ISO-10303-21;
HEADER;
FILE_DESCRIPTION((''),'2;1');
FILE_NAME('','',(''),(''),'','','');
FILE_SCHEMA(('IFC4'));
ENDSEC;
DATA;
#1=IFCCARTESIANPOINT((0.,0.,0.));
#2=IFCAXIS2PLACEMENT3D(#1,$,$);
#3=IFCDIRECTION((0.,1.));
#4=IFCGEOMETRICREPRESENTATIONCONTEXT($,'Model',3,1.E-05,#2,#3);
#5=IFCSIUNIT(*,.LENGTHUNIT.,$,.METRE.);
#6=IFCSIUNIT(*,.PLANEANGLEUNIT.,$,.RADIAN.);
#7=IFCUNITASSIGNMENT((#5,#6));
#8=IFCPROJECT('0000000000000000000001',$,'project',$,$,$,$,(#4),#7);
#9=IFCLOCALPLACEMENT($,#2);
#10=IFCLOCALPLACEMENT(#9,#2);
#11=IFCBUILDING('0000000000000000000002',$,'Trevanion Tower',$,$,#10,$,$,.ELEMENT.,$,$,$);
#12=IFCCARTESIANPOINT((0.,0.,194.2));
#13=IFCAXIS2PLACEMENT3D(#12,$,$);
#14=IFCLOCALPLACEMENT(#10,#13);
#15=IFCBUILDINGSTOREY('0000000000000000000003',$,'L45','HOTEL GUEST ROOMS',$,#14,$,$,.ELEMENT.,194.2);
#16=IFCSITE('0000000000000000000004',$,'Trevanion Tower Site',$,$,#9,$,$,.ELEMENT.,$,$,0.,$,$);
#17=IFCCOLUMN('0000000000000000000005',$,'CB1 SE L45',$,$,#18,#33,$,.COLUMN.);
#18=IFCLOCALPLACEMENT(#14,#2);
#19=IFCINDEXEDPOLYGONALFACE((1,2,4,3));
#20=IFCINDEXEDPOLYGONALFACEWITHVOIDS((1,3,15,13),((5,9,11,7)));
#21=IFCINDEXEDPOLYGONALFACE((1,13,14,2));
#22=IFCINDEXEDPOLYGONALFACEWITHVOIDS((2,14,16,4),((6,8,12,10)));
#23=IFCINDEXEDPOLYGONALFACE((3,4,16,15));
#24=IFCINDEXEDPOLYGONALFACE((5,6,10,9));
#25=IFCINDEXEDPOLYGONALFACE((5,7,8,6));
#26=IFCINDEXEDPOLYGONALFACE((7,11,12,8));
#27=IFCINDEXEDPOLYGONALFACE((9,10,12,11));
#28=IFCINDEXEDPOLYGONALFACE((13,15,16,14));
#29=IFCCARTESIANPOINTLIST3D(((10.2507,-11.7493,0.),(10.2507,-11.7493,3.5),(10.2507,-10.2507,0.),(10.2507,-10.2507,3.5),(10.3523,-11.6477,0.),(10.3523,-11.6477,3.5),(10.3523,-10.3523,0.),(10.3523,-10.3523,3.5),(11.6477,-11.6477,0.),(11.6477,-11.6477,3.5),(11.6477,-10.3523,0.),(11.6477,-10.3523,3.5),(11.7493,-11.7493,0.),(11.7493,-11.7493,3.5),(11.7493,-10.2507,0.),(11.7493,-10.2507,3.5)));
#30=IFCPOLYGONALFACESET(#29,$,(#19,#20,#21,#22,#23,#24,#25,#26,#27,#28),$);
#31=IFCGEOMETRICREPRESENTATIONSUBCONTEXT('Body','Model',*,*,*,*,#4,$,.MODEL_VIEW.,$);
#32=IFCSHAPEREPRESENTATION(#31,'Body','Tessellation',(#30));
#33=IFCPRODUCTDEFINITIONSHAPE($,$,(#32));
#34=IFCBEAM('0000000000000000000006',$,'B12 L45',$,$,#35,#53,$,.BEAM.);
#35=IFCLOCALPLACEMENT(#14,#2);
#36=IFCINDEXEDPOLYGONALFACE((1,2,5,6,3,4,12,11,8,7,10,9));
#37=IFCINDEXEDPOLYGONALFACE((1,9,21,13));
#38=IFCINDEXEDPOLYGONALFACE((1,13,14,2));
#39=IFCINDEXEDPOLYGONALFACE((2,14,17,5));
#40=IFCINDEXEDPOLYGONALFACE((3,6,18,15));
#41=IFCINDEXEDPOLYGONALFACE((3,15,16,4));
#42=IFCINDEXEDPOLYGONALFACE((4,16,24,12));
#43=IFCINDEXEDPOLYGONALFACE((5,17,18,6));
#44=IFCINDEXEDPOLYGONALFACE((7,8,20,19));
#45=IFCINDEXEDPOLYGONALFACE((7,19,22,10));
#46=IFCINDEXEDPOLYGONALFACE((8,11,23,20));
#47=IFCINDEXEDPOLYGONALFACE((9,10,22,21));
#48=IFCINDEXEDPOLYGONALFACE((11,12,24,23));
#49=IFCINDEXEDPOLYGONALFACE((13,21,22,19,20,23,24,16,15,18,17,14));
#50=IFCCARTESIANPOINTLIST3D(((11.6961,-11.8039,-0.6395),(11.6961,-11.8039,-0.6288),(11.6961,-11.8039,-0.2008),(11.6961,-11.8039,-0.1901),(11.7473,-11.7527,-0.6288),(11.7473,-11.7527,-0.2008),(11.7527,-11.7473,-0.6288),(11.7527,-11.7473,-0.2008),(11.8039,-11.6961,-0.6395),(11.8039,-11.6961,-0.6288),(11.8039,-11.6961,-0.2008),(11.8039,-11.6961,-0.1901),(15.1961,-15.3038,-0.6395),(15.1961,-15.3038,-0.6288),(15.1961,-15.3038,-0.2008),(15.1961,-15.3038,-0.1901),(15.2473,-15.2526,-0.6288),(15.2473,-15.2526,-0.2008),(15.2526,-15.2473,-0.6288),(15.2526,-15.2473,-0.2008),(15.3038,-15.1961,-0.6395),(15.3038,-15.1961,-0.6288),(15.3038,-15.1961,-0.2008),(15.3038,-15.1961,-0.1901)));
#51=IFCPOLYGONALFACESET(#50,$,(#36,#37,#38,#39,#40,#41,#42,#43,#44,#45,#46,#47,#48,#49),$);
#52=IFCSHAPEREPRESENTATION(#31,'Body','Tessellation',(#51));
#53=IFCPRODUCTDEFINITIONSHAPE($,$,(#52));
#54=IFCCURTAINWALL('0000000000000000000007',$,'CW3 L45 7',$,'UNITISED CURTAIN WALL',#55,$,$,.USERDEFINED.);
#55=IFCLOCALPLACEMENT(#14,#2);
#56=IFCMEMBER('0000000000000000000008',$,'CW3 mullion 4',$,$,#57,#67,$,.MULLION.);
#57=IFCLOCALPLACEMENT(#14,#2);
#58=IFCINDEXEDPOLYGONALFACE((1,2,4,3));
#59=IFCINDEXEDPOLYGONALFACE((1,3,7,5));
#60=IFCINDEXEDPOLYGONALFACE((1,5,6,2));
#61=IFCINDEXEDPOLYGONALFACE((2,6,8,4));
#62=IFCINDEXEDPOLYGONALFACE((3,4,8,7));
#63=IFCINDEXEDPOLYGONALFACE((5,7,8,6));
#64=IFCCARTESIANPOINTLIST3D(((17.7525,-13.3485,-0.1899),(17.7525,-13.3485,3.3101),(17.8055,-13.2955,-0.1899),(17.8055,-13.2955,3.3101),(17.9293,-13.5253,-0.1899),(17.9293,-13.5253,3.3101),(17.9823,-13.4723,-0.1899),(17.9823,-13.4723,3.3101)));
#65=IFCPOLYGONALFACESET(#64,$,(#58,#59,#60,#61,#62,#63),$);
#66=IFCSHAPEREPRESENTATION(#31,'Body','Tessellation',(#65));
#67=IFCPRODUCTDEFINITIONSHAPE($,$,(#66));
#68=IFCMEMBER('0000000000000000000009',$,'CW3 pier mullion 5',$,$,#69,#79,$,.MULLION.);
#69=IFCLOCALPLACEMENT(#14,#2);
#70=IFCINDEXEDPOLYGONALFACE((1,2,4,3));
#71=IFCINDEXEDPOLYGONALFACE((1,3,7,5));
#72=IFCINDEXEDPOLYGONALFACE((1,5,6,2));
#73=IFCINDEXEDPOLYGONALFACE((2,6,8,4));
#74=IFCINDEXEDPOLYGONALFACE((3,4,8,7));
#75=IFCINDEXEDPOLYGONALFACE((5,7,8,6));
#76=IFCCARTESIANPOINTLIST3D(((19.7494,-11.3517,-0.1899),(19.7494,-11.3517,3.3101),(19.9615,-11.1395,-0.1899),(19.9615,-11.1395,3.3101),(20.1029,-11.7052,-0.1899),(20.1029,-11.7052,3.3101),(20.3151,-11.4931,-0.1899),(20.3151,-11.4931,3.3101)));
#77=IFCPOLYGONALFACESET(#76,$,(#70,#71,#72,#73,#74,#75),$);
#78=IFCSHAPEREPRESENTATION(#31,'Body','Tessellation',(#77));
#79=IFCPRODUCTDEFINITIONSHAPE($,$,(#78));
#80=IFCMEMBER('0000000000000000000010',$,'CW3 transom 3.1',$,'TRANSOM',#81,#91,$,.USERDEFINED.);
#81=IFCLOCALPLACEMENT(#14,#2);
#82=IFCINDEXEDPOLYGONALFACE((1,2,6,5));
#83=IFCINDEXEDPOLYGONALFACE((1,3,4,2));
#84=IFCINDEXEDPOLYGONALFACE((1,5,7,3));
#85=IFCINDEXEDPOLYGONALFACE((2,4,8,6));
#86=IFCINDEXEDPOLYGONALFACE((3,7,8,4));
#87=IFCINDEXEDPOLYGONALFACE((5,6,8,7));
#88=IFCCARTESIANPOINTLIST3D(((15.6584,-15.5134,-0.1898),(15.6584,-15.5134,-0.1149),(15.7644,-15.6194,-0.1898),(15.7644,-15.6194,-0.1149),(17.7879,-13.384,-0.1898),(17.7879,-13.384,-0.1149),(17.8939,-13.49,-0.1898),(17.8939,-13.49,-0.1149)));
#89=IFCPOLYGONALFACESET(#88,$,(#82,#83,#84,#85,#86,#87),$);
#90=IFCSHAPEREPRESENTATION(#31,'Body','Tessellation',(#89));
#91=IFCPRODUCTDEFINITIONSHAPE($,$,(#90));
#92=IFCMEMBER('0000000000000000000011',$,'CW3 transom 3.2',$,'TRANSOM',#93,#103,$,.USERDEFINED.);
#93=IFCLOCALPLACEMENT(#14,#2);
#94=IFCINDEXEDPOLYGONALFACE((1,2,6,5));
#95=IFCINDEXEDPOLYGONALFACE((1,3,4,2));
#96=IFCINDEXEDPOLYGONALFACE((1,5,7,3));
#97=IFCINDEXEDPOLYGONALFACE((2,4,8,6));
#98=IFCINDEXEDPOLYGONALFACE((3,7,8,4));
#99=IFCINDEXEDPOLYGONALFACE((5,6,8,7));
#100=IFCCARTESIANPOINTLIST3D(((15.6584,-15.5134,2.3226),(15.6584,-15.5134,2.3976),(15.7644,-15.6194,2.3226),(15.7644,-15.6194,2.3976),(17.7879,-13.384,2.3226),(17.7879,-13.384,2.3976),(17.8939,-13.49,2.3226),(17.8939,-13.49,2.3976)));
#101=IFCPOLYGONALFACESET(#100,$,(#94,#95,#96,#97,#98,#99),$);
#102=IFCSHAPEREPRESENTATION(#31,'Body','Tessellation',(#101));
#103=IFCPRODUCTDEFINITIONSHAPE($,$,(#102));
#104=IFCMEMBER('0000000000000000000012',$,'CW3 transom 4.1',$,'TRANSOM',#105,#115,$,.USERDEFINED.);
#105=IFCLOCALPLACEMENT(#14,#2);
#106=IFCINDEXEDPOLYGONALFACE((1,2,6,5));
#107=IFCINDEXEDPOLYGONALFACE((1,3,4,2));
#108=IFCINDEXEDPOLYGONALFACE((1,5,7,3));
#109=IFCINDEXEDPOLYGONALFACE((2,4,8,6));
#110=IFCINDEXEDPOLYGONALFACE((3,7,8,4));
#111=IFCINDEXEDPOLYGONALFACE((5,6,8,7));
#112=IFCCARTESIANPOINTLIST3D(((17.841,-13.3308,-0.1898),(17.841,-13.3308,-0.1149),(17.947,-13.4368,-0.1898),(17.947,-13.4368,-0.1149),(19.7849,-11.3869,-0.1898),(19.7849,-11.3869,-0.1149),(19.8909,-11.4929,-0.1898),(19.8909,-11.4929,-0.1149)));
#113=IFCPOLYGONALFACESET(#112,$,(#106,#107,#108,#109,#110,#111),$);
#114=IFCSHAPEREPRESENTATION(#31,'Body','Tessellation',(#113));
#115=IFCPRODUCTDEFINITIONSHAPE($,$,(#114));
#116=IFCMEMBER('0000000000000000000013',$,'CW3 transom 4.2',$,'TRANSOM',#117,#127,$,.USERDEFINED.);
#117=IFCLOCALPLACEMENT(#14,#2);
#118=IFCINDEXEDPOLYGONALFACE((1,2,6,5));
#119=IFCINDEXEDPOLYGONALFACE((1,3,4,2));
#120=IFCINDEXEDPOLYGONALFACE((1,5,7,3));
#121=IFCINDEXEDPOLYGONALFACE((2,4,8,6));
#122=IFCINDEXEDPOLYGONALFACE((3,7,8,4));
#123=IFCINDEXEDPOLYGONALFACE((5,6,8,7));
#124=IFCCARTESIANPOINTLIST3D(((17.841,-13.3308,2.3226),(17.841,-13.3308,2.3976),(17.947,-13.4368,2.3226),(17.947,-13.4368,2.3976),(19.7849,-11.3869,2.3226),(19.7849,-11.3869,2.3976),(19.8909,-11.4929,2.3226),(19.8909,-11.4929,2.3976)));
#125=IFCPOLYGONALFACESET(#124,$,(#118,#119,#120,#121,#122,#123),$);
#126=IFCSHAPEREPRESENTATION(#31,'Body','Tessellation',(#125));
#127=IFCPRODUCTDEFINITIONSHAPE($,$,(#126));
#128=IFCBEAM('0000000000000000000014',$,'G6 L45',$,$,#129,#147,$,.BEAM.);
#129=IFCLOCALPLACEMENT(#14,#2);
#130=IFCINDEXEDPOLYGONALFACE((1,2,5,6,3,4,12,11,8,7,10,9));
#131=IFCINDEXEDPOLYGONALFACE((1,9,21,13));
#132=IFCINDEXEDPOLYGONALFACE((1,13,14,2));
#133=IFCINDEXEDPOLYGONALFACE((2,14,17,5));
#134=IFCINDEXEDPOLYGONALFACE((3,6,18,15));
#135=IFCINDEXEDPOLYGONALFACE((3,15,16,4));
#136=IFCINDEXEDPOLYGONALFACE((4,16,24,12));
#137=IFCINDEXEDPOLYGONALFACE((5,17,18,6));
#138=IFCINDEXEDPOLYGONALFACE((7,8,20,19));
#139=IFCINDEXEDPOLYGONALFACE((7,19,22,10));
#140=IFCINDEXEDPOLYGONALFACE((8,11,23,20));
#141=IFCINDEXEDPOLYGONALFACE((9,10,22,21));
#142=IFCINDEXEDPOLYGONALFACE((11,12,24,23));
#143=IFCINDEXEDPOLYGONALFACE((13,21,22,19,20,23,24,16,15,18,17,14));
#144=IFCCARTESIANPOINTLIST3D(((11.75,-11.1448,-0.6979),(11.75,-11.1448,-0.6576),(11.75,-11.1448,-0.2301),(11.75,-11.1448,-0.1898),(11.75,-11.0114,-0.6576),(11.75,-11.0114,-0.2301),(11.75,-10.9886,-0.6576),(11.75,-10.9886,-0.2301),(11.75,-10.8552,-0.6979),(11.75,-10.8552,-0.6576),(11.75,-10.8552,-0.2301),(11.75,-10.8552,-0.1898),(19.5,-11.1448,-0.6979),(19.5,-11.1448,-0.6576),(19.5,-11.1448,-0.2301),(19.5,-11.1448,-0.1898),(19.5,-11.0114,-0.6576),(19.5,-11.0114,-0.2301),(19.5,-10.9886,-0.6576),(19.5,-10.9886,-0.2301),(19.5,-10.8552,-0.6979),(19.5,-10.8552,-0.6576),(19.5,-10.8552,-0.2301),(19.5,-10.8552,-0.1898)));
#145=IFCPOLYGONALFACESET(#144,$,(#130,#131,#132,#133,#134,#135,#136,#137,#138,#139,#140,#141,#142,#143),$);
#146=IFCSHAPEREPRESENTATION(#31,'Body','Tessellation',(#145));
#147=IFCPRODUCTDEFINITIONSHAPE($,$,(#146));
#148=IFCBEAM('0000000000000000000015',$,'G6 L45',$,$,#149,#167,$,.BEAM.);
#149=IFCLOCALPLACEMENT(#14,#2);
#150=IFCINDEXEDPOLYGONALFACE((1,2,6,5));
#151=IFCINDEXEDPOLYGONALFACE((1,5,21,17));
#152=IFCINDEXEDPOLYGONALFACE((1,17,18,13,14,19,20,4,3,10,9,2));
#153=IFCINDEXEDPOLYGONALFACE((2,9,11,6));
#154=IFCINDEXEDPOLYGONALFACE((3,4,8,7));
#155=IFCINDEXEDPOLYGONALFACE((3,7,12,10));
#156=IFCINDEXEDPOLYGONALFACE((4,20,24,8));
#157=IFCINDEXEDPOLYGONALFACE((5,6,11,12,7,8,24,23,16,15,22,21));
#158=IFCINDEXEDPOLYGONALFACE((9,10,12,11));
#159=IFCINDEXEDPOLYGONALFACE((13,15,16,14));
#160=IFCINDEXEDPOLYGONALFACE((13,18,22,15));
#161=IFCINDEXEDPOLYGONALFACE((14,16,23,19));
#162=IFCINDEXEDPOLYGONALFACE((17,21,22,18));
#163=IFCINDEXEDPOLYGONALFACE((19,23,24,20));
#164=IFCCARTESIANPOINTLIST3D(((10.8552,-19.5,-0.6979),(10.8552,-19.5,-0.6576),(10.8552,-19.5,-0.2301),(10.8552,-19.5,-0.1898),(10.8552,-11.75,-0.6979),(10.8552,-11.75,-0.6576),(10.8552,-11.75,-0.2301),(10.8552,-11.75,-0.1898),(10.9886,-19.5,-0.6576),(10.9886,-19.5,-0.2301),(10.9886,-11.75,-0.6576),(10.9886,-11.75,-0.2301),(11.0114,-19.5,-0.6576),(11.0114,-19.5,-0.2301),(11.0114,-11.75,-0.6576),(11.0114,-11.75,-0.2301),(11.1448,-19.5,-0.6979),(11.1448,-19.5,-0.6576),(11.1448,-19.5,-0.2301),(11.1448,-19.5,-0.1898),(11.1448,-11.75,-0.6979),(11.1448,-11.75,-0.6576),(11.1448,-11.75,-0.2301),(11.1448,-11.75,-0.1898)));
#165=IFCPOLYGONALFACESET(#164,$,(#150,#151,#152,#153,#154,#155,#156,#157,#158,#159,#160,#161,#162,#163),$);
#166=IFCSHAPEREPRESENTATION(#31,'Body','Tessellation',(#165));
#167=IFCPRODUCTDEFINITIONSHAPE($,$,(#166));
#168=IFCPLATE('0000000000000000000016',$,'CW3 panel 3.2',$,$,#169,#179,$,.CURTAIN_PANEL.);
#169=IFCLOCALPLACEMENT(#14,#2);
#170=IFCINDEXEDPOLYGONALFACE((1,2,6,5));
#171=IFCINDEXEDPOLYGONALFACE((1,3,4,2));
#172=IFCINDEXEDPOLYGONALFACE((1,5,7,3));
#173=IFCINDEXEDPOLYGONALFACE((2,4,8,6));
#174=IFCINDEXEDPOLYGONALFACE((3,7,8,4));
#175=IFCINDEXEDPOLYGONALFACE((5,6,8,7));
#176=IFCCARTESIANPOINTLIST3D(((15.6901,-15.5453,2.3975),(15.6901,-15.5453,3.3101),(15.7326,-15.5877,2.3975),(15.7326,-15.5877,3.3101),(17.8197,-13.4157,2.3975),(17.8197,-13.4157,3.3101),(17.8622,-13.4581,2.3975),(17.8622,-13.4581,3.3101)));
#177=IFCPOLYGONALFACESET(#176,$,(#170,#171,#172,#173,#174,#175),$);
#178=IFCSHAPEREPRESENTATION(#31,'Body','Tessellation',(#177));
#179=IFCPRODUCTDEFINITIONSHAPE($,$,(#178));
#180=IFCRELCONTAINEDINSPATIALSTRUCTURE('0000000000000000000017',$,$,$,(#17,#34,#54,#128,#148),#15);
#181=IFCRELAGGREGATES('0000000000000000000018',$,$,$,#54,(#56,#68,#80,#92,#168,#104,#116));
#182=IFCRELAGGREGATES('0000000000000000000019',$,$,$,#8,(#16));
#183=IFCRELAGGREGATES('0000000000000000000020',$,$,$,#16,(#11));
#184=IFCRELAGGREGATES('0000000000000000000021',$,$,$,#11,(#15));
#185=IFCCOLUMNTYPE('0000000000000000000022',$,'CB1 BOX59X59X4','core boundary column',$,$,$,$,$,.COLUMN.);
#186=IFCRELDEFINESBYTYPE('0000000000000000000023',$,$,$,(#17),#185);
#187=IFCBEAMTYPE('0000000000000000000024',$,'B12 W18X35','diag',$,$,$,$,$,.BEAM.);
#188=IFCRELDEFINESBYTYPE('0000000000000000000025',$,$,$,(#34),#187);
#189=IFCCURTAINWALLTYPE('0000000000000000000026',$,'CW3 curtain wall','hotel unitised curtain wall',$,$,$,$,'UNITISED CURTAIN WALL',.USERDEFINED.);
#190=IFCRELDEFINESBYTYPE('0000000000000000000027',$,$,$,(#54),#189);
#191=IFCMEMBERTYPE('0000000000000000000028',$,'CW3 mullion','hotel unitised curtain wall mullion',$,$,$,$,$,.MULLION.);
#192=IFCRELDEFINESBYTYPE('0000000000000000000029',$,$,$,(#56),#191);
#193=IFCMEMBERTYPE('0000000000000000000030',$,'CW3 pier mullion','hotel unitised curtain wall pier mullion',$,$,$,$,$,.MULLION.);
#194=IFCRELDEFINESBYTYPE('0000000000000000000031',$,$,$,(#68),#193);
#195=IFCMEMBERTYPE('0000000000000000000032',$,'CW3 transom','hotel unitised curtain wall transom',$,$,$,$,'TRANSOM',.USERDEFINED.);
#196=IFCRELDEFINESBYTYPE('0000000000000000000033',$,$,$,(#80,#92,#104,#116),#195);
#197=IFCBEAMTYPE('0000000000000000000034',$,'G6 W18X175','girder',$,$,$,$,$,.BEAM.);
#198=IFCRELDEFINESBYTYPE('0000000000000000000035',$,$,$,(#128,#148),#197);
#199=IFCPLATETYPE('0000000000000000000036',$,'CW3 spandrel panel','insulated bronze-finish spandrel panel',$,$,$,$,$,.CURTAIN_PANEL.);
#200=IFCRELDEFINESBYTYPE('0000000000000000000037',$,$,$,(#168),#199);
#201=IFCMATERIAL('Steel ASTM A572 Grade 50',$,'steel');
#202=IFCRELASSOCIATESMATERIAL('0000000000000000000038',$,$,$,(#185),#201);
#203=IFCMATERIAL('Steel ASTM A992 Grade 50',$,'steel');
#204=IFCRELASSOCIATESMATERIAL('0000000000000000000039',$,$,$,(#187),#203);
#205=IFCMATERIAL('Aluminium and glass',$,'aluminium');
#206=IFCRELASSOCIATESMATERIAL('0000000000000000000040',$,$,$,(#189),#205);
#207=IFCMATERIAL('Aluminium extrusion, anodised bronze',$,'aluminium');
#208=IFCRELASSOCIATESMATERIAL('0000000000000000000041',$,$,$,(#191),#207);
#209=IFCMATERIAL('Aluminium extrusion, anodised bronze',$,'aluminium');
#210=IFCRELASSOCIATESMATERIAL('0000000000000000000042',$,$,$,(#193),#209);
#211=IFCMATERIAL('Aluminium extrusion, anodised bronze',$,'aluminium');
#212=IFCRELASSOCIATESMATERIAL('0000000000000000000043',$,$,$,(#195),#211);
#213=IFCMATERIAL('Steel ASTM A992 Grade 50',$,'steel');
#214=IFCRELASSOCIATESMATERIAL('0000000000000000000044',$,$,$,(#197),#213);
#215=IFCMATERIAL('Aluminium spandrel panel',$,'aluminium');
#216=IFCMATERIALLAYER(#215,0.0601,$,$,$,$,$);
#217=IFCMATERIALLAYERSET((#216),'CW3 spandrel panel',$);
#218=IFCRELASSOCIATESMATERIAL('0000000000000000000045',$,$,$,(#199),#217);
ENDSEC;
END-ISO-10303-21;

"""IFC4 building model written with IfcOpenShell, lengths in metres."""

from ifc_helpers import new_model, si_unit, direction, frame, origin, origin_2d, place, context, subcontext, project, spatial, rectangle, hollow_rectangle, i_section, extrude, material, layer, layer_set, material_profile, profile_set, type_object, element, aggregate, save


model = new_model("IFC4")

# Units and contexts
model_context = context("Model", 3, precision=1e-05, world=origin(), true_north=direction((0.0, 1.0)))
body_context = subcontext(model_context, "Body", "Model", "MODEL_VIEW")
ifc_project = project(units=[si_unit("LENGTHUNIT", "METRE"), si_unit("PLANEANGLEUNIT", "RADIAN")], contexts=[model_context])

# Site, building, storey
site_placement = place(None, origin())
site = spatial("IfcSite", under=ifc_project, at=site_placement, Name="Trevanion Tower Site", CompositionType="ELEMENT", RefElevation=0.0)
building_placement = place(site_placement, origin())
building = spatial("IfcBuilding", under=site, at=building_placement, Name="Trevanion Tower", CompositionType="ELEMENT")
storey_placement = place(building_placement, frame((0.0, 0.0, 194.2)))
storey = spatial("IfcBuildingStorey", under=building, at=storey_placement, Name="L45", Description="HOTEL GUEST ROOMS", CompositionType="ELEMENT", Elevation=194.2)

# Column
ifc_material_1 = material(Name="Steel ASTM A572 Grade 50", Category="steel")
ifc_material_profile_1 = material_profile(ifc_material_1, hollow_rectangle(XDim=1.4985, YDim=1.4985, WallThickness=0.1016, at=origin_2d()), Name="BOX59X59X4")
ifc_profile_set_1 = profile_set([ifc_material_profile_1], Name="Steel ASTM A572 Grade 50")
column_type = type_object("IfcColumnType", Name="CB1 BOX59X59X4", Description="core boundary column", PredefinedType="COLUMN", material=ifc_profile_set_1)
column_placement = place(storey_placement, frame((11.0, -11.0, 0.0), z_axis=(0.0, 0.0, 1.0), x_axis=(1.0, 0.0, 0.0)))
element("IfcColumn", 1, at=column_placement, inside=storey, type_object=column_type, Name="CB1 SE L45", PredefinedType="COLUMN", context=body_context, shape_type="SweptSolid", body=[
    extrude(hollow_rectangle(XDim=1.4985, YDim=1.4985, WallThickness=0.1016, at=origin_2d()), origin(), (0.0, 0.0, 1.0), 3.5),
])

# Beam
ifc_material_2 = material(Name="Steel ASTM A992 Grade 50", Category="steel")
ifc_material_profile_2 = material_profile(ifc_material_2, i_section(OverallWidth=0.1523, OverallDepth=0.4495, WebThickness=0.0076, FlangeThickness=0.0107, at=origin_2d()), Name="W18X35")
ifc_profile_set_2 = profile_set([ifc_material_profile_2], Name="Steel ASTM A992 Grade 50")
beam_type_1 = type_object("IfcBeamType", Name="B12 W18X35", Description="diag", PredefinedType="BEAM", material=ifc_profile_set_2)
beam_placement = place(storey_placement, frame((11.75, -11.75, -0.4148), z_axis=(0.707107, -0.707107, 0.0), x_axis=(0.707107, 0.707107, 0.0)))
element("IfcBeam", 2, at=beam_placement, inside=storey, type_object=beam_type_1, Name="B12 L45", PredefinedType="BEAM", context=body_context, shape_type="SweptSolid", body=[
    extrude(i_section(OverallWidth=0.1523, OverallDepth=0.4495, WebThickness=0.0076, FlangeThickness=0.0107, at=origin_2d()), origin(), (0.0, 0.0, 1.0), 4.9497),
])

# Curtain wall, members
ifc_material_3 = material(Name="Aluminium and glass", Category="aluminium")
curtain_wall_type = type_object("IfcCurtainWallType", Name="CW3 curtain wall", Description="hotel unitised curtain wall", ElementType="UNITISED CURTAIN WALL", PredefinedType="USERDEFINED", material=ifc_material_3)
curtain_wall_placement = place(storey_placement, origin())
curtain_wall = element("IfcCurtainWall", 3, at=curtain_wall_placement, inside=storey, type_object=curtain_wall_type, Name="CW3 L45 7", ObjectType="UNITISED CURTAIN WALL", PredefinedType="USERDEFINED")
ifc_material_4 = material(Name="Aluminium extrusion, anodised bronze", Category="aluminium")
ifc_material_profile_3 = material_profile(ifc_material_4, rectangle(XDim=0.075, YDim=0.25, at=origin_2d()), Name="CW3 mullion")
ifc_profile_set_3 = profile_set([ifc_material_profile_3], Name="Aluminium extrusion, anodised bronze")
member_type_1 = type_object("IfcMemberType", Name="CW3 mullion", Description="hotel unitised curtain wall mullion", PredefinedType="MULLION", material=ifc_profile_set_3)
member_1_placement = place(storey_placement, frame((17.8674, -13.4104, -0.1899), z_axis=(0.0, 0.0, 1.0), x_axis=(0.707107, 0.707107, 0.0)))
member_1 = element("IfcMember", 4, at=member_1_placement, type_object=member_type_1, Name="CW3 mullion 4", PredefinedType="MULLION", context=body_context, shape_type="SweptSolid", body=[
    extrude(rectangle(XDim=0.075, YDim=0.25, at=origin_2d()), origin(), (0.0, 0.0, 1.0), 3.5),
])
ifc_material_5 = material(Name="Aluminium extrusion, anodised bronze", Category="aluminium")
ifc_material_profile_4 = material_profile(ifc_material_5, rectangle(XDim=0.3, YDim=0.5, at=origin_2d()), Name="CW3 pier mullion")
ifc_profile_set_4 = profile_set([ifc_material_profile_4], Name="Aluminium extrusion, anodised bronze")
member_type_2 = type_object("IfcMemberType", Name="CW3 pier mullion", Description="hotel unitised curtain wall pier mullion", PredefinedType="MULLION", material=ifc_profile_set_4)
member_2_placement = place(storey_placement, frame((20.0322, -11.4224, -0.1899), z_axis=(0.0, 0.0, 1.0), x_axis=(0.707107, 0.707107, 0.0)))
member_2 = element("IfcMember", 5, at=member_2_placement, type_object=member_type_2, Name="CW3 pier mullion 5", PredefinedType="MULLION", context=body_context, shape_type="SweptSolid", body=[
    extrude(rectangle(XDim=0.3, YDim=0.5, at=origin_2d()), origin(), (0.0, 0.0, 1.0), 3.5),
])
ifc_material_6 = material(Name="Aluminium extrusion, anodised bronze", Category="aluminium")
ifc_material_profile_5 = material_profile(ifc_material_6, rectangle(XDim=0.1499, YDim=0.075, at=origin_2d()), Name="CW3 transom")
ifc_profile_set_5 = profile_set([ifc_material_profile_5], Name="Aluminium extrusion, anodised bronze")
member_type_3 = type_object("IfcMemberType", Name="CW3 transom", Description="hotel unitised curtain wall transom", ElementType="TRANSOM", PredefinedType="USERDEFINED", material=ifc_profile_set_5)
member_3_placement = place(storey_placement, frame((15.7114, -15.5664, -0.1523), z_axis=(0.707107, 0.707107, 0.0), x_axis=(-0.707107, 0.707107, 0.0)))
member_3 = element("IfcMember", 6, at=member_3_placement, type_object=member_type_3, Name="CW3 transom 3.1", ObjectType="TRANSOM", PredefinedType="USERDEFINED", context=body_context, shape_type="SweptSolid", body=[
    extrude(rectangle(XDim=0.1499, YDim=0.075, at=origin_2d()), origin(), (0.0, 0.0, 1.0), 3.0115),
])
member_4_placement = place(storey_placement, frame((15.7114, -15.5664, 2.3601), z_axis=(0.707107, 0.707107, 0.0), x_axis=(-0.707107, 0.707107, 0.0)))
member_4 = element("IfcMember", 7, at=member_4_placement, type_object=member_type_3, Name="CW3 transom 3.2", ObjectType="TRANSOM", PredefinedType="USERDEFINED", context=body_context, shape_type="SweptSolid", body=[
    extrude(rectangle(XDim=0.1499, YDim=0.075, at=origin_2d()), origin(), (0.0, 0.0, 1.0), 3.0115),
])
member_5_placement = place(storey_placement, frame((17.894, -13.3838, -0.1523), z_axis=(0.707107, 0.707107, 0.0), x_axis=(-0.707107, 0.707107, 0.0)))
member_5 = element("IfcMember", 8, at=member_5_placement, type_object=member_type_3, Name="CW3 transom 4.1", ObjectType="TRANSOM", PredefinedType="USERDEFINED", context=body_context, shape_type="SweptSolid", body=[
    extrude(rectangle(XDim=0.1499, YDim=0.075, at=origin_2d()), origin(), (0.0, 0.0, 1.0), 2.749),
])
member_6_placement = place(storey_placement, frame((17.894, -13.3838, 2.3601), z_axis=(0.707107, 0.707107, 0.0), x_axis=(-0.707107, 0.707107, 0.0)))
member_6 = element("IfcMember", 9, at=member_6_placement, type_object=member_type_3, Name="CW3 transom 4.2", ObjectType="TRANSOM", PredefinedType="USERDEFINED", context=body_context, shape_type="SweptSolid", body=[
    extrude(rectangle(XDim=0.1499, YDim=0.075, at=origin_2d()), origin(), (0.0, 0.0, 1.0), 2.749),
])

# Beams
ifc_material_7 = material(Name="Steel ASTM A992 Grade 50", Category="steel")
ifc_material_profile_6 = material_profile(ifc_material_7, i_section(OverallWidth=0.2896, OverallDepth=0.5081, WebThickness=0.0227, FlangeThickness=0.0403, at=origin_2d()), Name="W18X175")
ifc_profile_set_6 = profile_set([ifc_material_profile_6], Name="Steel ASTM A992 Grade 50")
beam_type_2 = type_object("IfcBeamType", Name="G6 W18X175", Description="girder", PredefinedType="BEAM", material=ifc_profile_set_6)
for number, where, z_axis, x_axis, name in (
    (10, (11.75, -11.0, -0.4438), (1.0, 0.0, 0.0), (0.0, 1.0, 0.0), "G6 L45"),
    (11, (11.0, -11.75, -0.4438), (0.0, -1.0, 0.0), (1.0, 0.0, 0.0), "G6 L45"),
):
    element("IfcBeam", number, at=place(storey_placement, frame(where, z_axis=z_axis, x_axis=x_axis)), inside=storey, type_object=beam_type_2, Name=name, PredefinedType="BEAM", context=body_context, shape_type="SweptSolid", body=[
        extrude(i_section(OverallWidth=0.2896, OverallDepth=0.5081, WebThickness=0.0227, FlangeThickness=0.0403, at=origin_2d()), origin(), (0.0, 0.0, 1.0), 7.75),
    ])

# Plate
ifc_material_8 = material(Name="Aluminium spandrel panel", Category="aluminium")
ifc_layer_1 = layer(ifc_material_8, 0.0601)
ifc_layer_set_1 = layer_set([ifc_layer_1], Name="CW3 spandrel panel")
plate_type_1 = type_object("IfcPlateType", Name="CW3 spandrel panel", Description="insulated bronze-finish spandrel panel", PredefinedType="CURTAIN_PANEL", material=ifc_layer_set_1)
plate_1_placement = place(storey_placement, frame((16.7761, -14.5017, 2.3975), z_axis=(0.0, 0.0, 1.0), x_axis=(0.707107, 0.707107, 0.0)))
plate_1 = element("IfcPlate", 12, at=plate_1_placement, type_object=plate_type_1, Name="CW3 panel 3.2", PredefinedType="CURTAIN_PANEL", context=body_context, shape_type="SweptSolid", body=[
    extrude(rectangle(XDim=3.0117, YDim=0.0601, at=origin_2d()), origin(), (0.0, 0.0, 1.0), 0.9126),
])
aggregate(curtain_wall, [member_1, member_2, member_3, member_4, plate_1, member_5, member_6])

save(model, "model.ifc")
